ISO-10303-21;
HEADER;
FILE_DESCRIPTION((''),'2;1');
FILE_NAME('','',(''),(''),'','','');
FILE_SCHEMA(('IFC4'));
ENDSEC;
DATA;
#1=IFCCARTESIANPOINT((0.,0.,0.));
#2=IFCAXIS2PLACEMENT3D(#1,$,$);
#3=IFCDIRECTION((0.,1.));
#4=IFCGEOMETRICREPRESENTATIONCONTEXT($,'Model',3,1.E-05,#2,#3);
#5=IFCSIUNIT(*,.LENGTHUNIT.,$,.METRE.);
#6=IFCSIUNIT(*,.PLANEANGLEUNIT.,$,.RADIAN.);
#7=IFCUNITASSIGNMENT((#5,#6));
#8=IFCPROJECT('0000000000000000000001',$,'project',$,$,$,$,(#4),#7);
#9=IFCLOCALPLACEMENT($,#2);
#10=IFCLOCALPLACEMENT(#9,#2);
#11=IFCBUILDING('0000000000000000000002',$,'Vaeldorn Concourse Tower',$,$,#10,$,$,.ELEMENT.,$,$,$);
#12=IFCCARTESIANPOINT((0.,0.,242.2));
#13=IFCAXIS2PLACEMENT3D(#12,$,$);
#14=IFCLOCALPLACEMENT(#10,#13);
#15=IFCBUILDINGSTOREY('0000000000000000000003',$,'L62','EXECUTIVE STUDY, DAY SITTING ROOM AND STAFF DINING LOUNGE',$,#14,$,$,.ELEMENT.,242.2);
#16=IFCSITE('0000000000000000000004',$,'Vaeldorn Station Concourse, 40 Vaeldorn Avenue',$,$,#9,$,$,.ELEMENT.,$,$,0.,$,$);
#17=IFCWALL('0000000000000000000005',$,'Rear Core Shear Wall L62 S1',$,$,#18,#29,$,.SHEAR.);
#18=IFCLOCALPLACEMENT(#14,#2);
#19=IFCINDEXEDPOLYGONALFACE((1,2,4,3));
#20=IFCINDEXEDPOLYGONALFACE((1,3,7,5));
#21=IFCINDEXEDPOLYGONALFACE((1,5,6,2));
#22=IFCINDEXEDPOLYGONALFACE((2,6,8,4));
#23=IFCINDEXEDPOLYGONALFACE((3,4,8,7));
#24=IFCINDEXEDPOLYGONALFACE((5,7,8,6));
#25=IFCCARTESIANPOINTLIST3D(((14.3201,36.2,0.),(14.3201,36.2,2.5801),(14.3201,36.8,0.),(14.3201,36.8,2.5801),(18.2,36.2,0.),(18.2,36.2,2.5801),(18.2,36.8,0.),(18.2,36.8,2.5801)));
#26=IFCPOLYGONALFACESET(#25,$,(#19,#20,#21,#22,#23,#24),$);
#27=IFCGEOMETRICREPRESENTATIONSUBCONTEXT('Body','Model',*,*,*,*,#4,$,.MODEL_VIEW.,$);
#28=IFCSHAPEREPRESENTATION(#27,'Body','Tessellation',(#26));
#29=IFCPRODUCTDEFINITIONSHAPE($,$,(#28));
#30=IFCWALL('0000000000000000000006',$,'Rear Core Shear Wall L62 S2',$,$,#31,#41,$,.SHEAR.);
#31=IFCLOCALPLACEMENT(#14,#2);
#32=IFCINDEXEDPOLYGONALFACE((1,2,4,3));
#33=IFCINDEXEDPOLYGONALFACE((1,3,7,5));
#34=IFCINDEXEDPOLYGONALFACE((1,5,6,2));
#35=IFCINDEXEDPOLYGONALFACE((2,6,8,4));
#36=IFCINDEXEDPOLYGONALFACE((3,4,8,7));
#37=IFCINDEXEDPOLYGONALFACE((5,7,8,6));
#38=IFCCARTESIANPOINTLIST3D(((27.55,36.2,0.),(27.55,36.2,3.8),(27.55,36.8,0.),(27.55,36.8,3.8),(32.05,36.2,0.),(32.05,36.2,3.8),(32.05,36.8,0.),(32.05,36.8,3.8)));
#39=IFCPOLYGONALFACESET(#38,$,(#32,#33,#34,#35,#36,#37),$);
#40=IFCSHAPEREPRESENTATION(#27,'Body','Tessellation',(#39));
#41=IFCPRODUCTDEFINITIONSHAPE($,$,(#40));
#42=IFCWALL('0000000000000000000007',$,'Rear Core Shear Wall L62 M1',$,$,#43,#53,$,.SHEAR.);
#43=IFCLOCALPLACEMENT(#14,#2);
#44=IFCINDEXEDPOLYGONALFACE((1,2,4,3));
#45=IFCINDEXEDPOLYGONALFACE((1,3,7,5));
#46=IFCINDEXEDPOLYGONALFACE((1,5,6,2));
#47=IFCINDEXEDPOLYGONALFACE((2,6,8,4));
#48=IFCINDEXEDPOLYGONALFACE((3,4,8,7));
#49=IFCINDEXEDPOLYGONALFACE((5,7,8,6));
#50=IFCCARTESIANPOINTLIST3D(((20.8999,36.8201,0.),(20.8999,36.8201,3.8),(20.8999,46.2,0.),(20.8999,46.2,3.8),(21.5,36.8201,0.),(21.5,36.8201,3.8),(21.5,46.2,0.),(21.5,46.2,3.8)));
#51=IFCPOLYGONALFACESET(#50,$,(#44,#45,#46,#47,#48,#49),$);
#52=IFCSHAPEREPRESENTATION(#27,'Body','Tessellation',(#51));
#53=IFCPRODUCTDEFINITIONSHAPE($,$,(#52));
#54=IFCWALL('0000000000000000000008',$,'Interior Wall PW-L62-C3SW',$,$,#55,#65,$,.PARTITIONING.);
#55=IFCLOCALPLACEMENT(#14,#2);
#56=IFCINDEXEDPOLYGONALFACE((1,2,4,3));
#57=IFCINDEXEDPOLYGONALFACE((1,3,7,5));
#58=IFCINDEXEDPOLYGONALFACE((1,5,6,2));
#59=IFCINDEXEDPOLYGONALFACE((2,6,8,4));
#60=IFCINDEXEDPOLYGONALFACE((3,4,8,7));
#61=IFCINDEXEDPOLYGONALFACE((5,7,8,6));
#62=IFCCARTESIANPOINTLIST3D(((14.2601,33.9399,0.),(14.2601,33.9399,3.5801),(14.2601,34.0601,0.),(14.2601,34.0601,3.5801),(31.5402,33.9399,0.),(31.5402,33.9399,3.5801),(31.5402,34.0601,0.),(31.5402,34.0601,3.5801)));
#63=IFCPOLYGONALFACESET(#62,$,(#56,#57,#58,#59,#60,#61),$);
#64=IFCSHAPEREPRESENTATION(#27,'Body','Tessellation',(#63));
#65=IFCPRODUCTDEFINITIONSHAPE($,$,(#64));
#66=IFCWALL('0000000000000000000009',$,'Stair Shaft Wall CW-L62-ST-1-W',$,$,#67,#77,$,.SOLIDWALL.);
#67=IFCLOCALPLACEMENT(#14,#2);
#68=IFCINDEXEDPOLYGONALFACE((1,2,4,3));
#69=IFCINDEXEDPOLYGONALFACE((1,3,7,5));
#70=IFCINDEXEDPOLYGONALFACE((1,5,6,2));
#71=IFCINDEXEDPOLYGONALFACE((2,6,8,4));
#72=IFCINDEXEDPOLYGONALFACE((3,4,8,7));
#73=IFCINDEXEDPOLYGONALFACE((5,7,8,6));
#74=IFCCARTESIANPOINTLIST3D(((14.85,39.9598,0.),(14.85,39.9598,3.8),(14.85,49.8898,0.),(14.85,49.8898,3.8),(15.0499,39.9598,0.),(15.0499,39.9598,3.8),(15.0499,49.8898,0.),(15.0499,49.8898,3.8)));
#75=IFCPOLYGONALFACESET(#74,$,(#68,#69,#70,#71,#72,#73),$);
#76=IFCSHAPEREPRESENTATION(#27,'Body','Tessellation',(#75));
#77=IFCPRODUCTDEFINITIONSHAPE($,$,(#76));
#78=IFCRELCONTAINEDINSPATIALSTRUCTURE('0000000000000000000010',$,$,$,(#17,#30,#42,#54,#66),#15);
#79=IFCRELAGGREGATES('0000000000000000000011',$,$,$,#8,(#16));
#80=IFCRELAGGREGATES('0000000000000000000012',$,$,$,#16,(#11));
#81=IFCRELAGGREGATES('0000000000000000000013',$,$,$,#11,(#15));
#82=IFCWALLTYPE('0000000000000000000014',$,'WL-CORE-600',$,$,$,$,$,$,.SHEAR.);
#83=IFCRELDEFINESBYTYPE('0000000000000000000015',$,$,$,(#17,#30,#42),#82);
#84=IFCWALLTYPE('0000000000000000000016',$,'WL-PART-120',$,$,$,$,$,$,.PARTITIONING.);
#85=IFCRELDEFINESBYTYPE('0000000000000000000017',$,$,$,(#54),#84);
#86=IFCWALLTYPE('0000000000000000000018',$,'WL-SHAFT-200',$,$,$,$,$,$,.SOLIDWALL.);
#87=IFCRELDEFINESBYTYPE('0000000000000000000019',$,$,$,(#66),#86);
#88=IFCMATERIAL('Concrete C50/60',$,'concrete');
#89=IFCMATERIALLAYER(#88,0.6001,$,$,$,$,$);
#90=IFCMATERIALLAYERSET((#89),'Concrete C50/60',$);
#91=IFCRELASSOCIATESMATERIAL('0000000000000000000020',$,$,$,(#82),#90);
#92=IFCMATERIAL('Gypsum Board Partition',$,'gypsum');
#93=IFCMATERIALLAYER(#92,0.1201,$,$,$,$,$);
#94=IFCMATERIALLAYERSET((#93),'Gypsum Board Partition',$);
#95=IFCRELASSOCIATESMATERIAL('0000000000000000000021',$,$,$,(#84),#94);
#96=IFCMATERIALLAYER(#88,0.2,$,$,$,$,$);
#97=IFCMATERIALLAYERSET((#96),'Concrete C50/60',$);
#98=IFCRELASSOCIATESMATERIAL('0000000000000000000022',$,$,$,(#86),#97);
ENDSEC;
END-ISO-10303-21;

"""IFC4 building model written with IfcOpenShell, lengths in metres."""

from ifc_helpers import new_model, si_unit, direction, frame, frame_2d, origin, place, context, subcontext, project, spatial, rectangle, extrude, material, layer, layer_set, type_object, element, save


model = new_model("IFC4")

# Units and contexts
model_context = context("Model", 3, precision=1e-05, world=origin(), true_north=direction((0.0, 1.0)))
body_context = subcontext(model_context, "Body", "Model", "MODEL_VIEW")
ifc_project = project(units=[si_unit("LENGTHUNIT", "METRE"), si_unit("PLANEANGLEUNIT", "RADIAN")], contexts=[model_context])

# Site, building, storey
site_placement = place(None, origin())
site = spatial("IfcSite", under=ifc_project, at=site_placement, Name="Vaeldorn Station Concourse, 40 Vaeldorn Avenue", CompositionType="ELEMENT", RefElevation=0.0)
building_placement = place(site_placement, origin())
building = spatial("IfcBuilding", under=site, at=building_placement, Name="Vaeldorn Concourse Tower", CompositionType="ELEMENT")
storey_placement = place(building_placement, frame((0.0, 0.0, 242.2)))
storey = spatial("IfcBuildingStorey", under=building, at=storey_placement, Name="L62", Description="EXECUTIVE STUDY, DAY SITTING ROOM AND STAFF DINING LOUNGE", CompositionType="ELEMENT", Elevation=242.2)

# Shared definitions
ifc_material_1 = material(Name="Concrete C50/60", Category="concrete")

# Walls
ifc_layer_1 = layer(ifc_material_1, 0.6001)
ifc_layer_set_1 = layer_set([ifc_layer_1], Name="Concrete C50/60")
wall_type_1 = type_object("IfcWallType", Name="WL-CORE-600", PredefinedType="SHEAR", material=ifc_layer_set_1)
wall_1_placement = place(storey_placement, frame((14.3201, 36.5, 0.0), z_axis=(0.0, 0.0, 1.0), x_axis=(1.0, 0.0, 0.0)))
element("IfcWall", 1, at=wall_1_placement, inside=storey, type_object=wall_type_1, Name="Rear Core Shear Wall L62 S1", PredefinedType="SHEAR", context=body_context, shape_type="SweptSolid", body=[
    extrude(rectangle(XDim=3.8799, YDim=0.6001, at=frame_2d((1.9399, 0.0))), origin(), (0.0, 0.0, 1.0), 2.5801),
])
wall_2_placement = place(storey_placement, frame((27.55, 36.5, 0.0), z_axis=(0.0, 0.0, 1.0), x_axis=(1.0, 0.0, 0.0)))
element("IfcWall", 2, at=wall_2_placement, inside=storey, type_object=wall_type_1, Name="Rear Core Shear Wall L62 S2", PredefinedType="SHEAR", context=body_context, shape_type="SweptSolid", body=[
    extrude(rectangle(XDim=4.5, YDim=0.6001, at=frame_2d((2.25, 0.0))), origin(), (0.0, 0.0, 1.0), 3.8),
])
wall_3_placement = place(storey_placement, frame((21.2, 36.8201, 0.0), z_axis=(0.0, 0.0, 1.0), x_axis=(0.0, 1.0, 0.0)))
element("IfcWall", 3, at=wall_3_placement, inside=storey, type_object=wall_type_1, Name="Rear Core Shear Wall L62 M1", PredefinedType="SHEAR", context=body_context, shape_type="SweptSolid", body=[
    extrude(rectangle(XDim=9.3799, YDim=0.6001, at=frame_2d((4.6899, 0.0))), origin(), (0.0, 0.0, 1.0), 3.8),
])
ifc_material_2 = material(Name="Gypsum Board Partition", Category="gypsum")
ifc_layer_2 = layer(ifc_material_2, 0.1201)
ifc_layer_set_2 = layer_set([ifc_layer_2], Name="Gypsum Board Partition")
wall_type_2 = type_object("IfcWallType", Name="WL-PART-120", PredefinedType="PARTITIONING", material=ifc_layer_set_2)
wall_4_placement = place(storey_placement, frame((14.26, 34.0, 0.0), z_axis=(0.0, 0.0, 1.0), x_axis=(1.0, 0.0, 0.0)))
element("IfcWall", 4, at=wall_4_placement, inside=storey, type_object=wall_type_2, Name="Interior Wall PW-L62-C3SW", PredefinedType="PARTITIONING", context=body_context, shape_type="SweptSolid", body=[
    extrude(rectangle(XDim=17.28, YDim=0.1201, at=frame_2d((8.6401, 0.0))), origin(), (0.0, 0.0, 1.0), 3.5801),
])

# Shared definitions
ifc_layer_3 = layer(ifc_material_1, 0.2)
ifc_layer_set_3 = layer_set([ifc_layer_3], Name="Concrete C50/60")
wall_type_3 = type_object("IfcWallType", Name="WL-SHAFT-200", PredefinedType="SOLIDWALL", material=ifc_layer_set_3)

# Wall
wall_5_placement = place(storey_placement, frame((14.95, 39.96, 0.0), z_axis=(0.0, 0.0, 1.0), x_axis=(0.0, 1.0, 0.0)))
element("IfcWall", 5, at=wall_5_placement, inside=storey, type_object=wall_type_3, Name="Stair Shaft Wall CW-L62-ST-1-W", PredefinedType="SOLIDWALL", context=body_context, shape_type="SweptSolid", body=[
    extrude(rectangle(XDim=9.9299, YDim=0.2, at=frame_2d((4.9648, 0.0))), origin(), (0.0, 0.0, 1.0), 3.8),
])

save(model, "model.ifc")
